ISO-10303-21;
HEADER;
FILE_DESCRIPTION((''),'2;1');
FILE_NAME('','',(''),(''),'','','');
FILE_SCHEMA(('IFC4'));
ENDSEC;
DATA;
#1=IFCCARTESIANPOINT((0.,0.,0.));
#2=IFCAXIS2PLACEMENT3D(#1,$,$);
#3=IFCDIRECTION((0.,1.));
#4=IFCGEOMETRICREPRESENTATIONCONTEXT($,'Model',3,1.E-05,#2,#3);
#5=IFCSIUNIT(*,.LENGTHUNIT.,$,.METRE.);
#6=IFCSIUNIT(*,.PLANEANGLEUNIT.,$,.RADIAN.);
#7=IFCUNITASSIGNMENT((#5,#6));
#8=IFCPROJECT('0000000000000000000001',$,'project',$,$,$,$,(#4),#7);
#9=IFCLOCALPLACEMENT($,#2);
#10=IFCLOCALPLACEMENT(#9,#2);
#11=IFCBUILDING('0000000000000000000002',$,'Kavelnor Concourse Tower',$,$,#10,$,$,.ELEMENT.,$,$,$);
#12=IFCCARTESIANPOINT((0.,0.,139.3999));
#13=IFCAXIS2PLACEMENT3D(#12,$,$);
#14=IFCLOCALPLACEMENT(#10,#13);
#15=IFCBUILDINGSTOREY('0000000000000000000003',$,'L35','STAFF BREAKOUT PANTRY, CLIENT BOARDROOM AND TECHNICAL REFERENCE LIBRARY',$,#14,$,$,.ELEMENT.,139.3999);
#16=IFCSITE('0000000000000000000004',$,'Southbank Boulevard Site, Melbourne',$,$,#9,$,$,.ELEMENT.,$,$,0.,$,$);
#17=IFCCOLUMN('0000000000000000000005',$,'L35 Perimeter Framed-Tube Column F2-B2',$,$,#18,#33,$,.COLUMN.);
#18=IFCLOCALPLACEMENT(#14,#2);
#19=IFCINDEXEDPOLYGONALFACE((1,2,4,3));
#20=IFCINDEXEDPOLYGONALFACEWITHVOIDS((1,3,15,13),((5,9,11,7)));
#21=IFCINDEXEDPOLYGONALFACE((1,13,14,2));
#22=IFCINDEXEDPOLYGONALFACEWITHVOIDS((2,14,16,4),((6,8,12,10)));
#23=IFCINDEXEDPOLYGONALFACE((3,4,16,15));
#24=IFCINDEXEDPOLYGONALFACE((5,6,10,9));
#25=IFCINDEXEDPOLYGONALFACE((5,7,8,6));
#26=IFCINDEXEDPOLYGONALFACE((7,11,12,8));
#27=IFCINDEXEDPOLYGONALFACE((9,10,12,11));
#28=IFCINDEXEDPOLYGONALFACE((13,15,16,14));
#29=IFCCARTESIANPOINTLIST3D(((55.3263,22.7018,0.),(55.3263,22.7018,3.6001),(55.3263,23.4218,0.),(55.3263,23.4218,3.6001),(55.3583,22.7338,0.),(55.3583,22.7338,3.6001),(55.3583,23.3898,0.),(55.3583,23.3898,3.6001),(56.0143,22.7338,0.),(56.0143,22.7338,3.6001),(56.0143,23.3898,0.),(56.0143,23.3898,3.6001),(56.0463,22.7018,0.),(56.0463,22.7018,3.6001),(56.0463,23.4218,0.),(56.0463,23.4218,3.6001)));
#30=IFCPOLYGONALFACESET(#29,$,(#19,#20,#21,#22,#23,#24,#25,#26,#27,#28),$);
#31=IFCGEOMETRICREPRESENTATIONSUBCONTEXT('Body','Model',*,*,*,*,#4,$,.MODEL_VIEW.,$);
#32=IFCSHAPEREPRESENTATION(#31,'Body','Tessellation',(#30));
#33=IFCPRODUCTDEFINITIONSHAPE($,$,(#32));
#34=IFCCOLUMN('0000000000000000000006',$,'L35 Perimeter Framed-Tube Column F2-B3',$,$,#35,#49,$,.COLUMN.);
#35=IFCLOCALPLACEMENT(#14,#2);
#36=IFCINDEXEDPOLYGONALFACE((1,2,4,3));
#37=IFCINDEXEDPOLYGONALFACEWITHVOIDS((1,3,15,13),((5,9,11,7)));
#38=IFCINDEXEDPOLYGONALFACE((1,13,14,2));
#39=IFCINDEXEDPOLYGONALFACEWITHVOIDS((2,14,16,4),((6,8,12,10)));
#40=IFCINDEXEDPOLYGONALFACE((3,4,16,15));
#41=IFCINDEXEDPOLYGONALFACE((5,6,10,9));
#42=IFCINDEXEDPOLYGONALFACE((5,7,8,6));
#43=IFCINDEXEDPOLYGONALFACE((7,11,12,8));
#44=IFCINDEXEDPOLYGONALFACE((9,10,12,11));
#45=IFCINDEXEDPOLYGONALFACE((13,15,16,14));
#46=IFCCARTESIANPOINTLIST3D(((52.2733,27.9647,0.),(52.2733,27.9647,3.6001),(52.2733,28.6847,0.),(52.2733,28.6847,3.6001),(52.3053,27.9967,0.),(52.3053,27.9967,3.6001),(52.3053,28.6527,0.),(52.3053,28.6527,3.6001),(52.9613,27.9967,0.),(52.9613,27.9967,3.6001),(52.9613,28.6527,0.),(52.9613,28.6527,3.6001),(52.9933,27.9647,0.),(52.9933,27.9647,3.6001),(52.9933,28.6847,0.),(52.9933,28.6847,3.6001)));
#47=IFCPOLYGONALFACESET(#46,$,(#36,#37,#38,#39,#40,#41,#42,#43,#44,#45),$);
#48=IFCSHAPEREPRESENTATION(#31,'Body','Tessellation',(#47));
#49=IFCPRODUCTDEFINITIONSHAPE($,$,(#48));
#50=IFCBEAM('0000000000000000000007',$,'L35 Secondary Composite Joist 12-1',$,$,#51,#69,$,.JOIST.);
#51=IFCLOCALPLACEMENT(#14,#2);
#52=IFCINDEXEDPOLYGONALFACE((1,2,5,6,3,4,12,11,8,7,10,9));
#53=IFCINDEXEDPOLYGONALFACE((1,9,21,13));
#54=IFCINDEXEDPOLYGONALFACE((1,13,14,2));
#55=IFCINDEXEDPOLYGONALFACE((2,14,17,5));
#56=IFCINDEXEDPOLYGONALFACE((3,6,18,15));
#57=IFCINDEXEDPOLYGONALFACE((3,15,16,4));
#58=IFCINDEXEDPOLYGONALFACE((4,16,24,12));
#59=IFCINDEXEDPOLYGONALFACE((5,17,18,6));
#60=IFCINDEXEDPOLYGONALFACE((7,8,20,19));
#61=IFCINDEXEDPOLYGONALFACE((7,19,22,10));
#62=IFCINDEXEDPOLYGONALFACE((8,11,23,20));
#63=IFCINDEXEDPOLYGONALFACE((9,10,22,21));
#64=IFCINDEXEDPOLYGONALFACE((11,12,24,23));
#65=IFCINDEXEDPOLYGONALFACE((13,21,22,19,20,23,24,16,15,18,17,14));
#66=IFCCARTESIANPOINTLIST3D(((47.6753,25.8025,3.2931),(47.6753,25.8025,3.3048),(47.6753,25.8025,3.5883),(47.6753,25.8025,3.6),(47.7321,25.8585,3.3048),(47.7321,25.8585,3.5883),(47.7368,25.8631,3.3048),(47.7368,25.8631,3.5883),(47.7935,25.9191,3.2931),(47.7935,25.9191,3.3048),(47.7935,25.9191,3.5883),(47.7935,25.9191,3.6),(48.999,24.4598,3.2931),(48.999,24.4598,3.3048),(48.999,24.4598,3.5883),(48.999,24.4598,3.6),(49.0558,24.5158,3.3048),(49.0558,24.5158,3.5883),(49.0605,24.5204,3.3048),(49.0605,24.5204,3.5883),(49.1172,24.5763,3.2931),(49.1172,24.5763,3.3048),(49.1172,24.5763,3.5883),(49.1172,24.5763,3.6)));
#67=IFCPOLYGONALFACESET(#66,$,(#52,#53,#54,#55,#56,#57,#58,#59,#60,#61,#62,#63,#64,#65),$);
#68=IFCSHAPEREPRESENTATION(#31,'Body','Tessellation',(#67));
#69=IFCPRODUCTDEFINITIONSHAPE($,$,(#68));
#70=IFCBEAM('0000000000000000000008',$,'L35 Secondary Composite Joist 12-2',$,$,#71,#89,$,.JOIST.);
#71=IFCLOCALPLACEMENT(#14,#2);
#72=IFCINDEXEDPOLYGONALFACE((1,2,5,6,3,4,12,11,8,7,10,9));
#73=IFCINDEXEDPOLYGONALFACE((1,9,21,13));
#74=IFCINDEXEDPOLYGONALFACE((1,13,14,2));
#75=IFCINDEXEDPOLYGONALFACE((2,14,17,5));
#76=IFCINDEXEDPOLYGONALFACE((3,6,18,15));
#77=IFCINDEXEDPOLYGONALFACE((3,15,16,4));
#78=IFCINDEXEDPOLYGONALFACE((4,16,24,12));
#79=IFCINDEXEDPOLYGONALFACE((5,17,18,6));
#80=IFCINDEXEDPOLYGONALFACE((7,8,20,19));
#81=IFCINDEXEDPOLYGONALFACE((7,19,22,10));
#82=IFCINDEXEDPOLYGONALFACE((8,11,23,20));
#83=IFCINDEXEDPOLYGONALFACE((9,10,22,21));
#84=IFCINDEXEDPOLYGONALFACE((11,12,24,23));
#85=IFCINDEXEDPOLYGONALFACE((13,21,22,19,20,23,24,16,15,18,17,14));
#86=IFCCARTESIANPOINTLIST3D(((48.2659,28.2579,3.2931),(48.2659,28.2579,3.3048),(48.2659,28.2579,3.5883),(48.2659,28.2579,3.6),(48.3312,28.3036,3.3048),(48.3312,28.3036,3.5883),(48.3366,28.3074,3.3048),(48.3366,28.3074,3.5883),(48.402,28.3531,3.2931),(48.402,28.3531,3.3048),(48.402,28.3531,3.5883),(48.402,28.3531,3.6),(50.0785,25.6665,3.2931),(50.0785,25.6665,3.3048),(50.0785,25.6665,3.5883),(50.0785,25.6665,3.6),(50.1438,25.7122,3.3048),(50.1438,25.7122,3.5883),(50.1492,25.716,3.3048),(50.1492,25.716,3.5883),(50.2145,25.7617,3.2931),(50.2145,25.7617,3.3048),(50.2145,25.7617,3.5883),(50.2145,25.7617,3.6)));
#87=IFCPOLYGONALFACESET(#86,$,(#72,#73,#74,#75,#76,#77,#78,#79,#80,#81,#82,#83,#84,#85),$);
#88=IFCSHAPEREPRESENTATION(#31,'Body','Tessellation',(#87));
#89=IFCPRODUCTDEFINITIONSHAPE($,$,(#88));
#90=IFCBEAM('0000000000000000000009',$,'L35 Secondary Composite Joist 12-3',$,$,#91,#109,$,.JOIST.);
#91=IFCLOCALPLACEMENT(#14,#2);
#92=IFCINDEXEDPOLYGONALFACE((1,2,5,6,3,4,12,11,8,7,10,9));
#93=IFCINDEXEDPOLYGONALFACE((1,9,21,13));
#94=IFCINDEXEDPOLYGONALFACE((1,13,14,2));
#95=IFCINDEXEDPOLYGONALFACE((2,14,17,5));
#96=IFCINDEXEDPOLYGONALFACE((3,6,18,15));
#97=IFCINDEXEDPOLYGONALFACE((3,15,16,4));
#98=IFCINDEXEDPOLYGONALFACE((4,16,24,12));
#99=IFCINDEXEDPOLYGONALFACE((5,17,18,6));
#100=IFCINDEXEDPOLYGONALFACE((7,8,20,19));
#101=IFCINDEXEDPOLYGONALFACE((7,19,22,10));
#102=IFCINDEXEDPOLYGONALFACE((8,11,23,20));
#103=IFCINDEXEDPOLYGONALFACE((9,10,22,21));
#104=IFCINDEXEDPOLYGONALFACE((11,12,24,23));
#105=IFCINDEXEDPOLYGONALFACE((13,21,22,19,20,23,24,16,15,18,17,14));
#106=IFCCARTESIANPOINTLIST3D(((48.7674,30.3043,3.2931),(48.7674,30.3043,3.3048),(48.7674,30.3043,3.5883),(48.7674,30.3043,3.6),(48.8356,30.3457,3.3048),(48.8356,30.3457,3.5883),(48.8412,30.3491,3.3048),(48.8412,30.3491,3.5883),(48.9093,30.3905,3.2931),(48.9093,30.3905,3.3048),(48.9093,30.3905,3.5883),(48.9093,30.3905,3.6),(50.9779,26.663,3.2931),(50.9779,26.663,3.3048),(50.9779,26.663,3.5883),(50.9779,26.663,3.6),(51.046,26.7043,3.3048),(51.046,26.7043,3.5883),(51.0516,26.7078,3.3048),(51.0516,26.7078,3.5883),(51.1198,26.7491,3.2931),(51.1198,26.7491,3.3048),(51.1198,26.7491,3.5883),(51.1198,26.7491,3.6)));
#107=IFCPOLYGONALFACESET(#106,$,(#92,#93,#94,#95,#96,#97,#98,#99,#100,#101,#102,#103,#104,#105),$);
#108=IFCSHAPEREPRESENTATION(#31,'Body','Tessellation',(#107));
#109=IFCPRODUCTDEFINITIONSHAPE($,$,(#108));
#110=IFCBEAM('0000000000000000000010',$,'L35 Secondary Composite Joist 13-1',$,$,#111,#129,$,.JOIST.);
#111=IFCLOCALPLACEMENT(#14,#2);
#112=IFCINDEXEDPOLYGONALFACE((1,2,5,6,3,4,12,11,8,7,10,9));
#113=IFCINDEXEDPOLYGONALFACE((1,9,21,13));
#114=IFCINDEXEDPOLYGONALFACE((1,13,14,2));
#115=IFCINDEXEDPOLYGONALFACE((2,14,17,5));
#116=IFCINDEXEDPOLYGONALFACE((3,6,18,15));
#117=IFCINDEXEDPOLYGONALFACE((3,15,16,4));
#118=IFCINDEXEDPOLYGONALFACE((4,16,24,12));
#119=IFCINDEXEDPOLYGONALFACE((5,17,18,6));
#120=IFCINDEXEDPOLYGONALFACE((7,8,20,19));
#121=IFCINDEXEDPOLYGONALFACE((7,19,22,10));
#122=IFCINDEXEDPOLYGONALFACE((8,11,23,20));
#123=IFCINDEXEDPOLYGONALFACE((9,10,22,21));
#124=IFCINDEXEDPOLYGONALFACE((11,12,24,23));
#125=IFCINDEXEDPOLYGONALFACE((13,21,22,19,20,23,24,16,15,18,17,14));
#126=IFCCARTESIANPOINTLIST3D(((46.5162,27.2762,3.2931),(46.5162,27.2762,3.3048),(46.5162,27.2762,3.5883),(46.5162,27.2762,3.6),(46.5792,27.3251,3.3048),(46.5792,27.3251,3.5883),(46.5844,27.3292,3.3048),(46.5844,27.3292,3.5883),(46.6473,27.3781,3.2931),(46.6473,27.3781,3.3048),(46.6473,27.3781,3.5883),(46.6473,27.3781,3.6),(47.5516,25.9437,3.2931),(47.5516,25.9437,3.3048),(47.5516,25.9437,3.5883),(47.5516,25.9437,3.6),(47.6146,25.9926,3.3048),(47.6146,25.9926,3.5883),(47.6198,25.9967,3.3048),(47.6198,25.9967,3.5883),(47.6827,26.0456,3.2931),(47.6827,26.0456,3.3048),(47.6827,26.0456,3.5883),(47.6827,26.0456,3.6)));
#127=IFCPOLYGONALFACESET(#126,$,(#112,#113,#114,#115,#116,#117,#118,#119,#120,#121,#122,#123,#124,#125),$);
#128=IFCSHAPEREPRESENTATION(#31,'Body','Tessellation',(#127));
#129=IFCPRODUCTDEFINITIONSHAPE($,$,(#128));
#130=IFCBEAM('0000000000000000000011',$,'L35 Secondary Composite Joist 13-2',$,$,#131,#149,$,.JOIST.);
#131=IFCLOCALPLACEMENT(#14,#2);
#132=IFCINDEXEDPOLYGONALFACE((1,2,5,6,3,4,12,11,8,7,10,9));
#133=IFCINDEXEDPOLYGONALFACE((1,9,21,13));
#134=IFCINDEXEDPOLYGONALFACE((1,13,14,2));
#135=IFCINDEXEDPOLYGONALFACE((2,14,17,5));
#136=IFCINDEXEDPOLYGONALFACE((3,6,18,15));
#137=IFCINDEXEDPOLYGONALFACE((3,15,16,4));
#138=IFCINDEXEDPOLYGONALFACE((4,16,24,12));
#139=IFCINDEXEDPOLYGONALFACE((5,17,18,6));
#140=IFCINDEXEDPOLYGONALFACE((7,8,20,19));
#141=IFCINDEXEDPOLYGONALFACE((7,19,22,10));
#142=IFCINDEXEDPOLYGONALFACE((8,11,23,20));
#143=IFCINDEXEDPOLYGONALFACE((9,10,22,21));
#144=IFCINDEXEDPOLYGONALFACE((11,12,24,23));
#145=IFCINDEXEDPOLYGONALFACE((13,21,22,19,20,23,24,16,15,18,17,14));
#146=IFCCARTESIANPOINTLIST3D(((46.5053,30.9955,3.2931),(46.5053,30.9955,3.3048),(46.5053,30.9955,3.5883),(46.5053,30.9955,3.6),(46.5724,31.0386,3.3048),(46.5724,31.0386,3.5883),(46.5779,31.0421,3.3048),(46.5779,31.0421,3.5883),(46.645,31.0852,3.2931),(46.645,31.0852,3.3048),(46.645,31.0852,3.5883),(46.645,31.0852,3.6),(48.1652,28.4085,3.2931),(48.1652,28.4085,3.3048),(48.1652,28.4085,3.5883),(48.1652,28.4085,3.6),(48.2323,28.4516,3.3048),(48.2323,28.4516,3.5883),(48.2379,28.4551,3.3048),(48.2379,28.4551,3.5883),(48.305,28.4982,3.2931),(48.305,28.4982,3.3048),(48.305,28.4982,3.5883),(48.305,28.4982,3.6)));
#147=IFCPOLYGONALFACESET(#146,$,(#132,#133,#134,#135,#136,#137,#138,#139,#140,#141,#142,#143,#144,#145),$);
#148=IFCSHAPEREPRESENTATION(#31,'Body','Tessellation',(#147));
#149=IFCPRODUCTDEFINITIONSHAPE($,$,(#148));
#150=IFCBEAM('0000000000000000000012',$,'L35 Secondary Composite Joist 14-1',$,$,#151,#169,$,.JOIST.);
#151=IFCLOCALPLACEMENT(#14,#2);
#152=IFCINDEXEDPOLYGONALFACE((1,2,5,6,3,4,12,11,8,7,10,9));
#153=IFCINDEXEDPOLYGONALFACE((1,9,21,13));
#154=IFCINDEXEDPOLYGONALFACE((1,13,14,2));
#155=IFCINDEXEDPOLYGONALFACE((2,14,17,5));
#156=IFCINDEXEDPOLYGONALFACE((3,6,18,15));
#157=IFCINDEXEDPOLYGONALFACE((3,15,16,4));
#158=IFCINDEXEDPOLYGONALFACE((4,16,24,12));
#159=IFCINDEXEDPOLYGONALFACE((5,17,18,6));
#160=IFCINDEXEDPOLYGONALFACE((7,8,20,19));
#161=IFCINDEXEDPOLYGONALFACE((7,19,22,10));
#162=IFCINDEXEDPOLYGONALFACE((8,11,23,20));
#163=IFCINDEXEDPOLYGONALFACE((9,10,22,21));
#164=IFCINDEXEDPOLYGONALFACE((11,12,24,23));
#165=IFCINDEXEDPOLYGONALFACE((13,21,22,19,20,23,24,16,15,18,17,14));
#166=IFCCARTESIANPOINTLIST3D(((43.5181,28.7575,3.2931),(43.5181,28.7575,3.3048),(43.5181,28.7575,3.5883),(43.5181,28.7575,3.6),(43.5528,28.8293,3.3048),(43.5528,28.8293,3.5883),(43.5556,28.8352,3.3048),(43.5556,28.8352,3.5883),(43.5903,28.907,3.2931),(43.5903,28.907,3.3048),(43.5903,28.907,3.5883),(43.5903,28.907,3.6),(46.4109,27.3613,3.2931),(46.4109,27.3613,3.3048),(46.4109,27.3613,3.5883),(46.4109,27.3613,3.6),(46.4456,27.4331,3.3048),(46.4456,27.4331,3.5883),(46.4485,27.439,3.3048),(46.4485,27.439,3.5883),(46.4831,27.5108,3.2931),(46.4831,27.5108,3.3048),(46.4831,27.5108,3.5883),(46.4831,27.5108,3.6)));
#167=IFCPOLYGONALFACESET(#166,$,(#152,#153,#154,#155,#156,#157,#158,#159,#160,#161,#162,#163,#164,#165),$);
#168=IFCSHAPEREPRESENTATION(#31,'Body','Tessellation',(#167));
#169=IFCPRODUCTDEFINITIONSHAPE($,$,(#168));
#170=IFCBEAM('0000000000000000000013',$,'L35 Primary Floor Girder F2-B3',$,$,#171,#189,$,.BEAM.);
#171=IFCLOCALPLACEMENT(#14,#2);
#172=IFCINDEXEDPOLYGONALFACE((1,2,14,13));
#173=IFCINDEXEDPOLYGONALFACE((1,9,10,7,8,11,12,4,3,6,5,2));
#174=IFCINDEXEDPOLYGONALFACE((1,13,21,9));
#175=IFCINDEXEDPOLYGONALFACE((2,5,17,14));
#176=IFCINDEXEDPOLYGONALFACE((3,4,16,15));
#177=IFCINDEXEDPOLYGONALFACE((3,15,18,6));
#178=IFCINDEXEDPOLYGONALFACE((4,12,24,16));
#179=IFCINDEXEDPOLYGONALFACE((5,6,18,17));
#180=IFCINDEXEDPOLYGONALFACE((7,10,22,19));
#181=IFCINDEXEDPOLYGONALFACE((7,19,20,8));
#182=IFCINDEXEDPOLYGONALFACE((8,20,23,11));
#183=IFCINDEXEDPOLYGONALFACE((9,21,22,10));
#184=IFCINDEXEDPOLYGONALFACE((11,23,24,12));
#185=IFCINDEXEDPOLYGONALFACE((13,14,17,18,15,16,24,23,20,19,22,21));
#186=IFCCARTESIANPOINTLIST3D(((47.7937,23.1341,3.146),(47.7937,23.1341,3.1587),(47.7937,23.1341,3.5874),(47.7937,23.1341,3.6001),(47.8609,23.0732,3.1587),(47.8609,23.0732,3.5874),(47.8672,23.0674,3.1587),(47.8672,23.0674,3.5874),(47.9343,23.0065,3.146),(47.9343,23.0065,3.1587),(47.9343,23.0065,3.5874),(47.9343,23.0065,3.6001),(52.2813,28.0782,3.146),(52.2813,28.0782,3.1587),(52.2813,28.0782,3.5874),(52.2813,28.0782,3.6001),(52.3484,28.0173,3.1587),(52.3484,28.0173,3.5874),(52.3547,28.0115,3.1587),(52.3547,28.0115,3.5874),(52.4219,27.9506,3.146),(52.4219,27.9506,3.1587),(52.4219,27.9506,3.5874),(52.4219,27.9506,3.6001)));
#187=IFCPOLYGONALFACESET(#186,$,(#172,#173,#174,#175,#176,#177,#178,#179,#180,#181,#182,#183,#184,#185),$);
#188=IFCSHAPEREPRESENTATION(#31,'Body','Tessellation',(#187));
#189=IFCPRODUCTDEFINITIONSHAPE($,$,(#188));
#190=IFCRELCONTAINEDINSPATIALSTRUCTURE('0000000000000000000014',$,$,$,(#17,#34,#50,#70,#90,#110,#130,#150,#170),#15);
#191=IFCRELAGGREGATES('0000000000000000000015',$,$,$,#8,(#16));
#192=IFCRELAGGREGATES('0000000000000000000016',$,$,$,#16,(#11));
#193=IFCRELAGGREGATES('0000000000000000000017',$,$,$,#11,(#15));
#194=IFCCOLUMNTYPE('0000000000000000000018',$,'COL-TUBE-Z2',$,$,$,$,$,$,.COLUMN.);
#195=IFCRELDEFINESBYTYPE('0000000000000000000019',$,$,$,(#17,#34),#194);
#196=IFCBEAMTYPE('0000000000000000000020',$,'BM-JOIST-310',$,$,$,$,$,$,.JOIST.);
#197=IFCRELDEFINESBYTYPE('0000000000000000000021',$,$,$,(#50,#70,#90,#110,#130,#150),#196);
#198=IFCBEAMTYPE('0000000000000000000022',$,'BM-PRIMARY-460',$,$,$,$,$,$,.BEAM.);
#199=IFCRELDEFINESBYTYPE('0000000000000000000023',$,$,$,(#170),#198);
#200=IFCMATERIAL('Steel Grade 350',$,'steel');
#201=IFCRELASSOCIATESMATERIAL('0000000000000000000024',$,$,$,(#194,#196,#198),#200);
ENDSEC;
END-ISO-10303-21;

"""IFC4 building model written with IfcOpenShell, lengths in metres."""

from ifc_helpers import new_model, si_unit, direction, frame, origin, origin_2d, place, context, subcontext, project, spatial, hollow_rectangle, i_section, extrude, material, material_profile, profile_set, type_object, element, save


model = new_model("IFC4")

# Units and contexts
model_context = context("Model", 3, precision=1e-05, world=origin(), true_north=direction((0.0, 1.0)))
body_context = subcontext(model_context, "Body", "Model", "MODEL_VIEW")
ifc_project = project(units=[si_unit("LENGTHUNIT", "METRE"), si_unit("PLANEANGLEUNIT", "RADIAN")], contexts=[model_context])

# Site, building, storey
site_placement = place(None, origin())
site = spatial("IfcSite", under=ifc_project, at=site_placement, Name="Southbank Boulevard Site, Melbourne", CompositionType="ELEMENT", RefElevation=0.0)
building_placement = place(site_placement, origin())
building = spatial("IfcBuilding", under=site, at=building_placement, Name="Kavelnor Concourse Tower", CompositionType="ELEMENT")
storey_placement = place(building_placement, frame((0.0, 0.0, 139.3999)))
storey = spatial("IfcBuildingStorey", under=building, at=storey_placement, Name="L35", Description="STAFF BREAKOUT PANTRY, CLIENT BOARDROOM AND TECHNICAL REFERENCE LIBRARY", CompositionType="ELEMENT", Elevation=139.3999)

# Columns
ifc_material_1 = material(Name="Steel Grade 350", Category="steel")
ifc_material_profile_1 = material_profile(ifc_material_1, hollow_rectangle(XDim=0.72, YDim=0.72, WallThickness=0.032, at=origin_2d()), Name="SHS 720x720x32")
ifc_profile_set_1 = profile_set([ifc_material_profile_1], Name="Steel Grade 350")
column_type = type_object("IfcColumnType", Name="COL-TUBE-Z2", PredefinedType="COLUMN", material=ifc_profile_set_1)
for number, where, z_axis, x_axis, name in (
    (1, (55.6863, 23.0618, 0.0), (0.0, 0.0, 1.0), (1.0, 0.0, 0.0), "L35 Perimeter Framed-Tube Column F2-B2"),
    (2, (52.6333, 28.3247, 0.0), (0.0, 0.0, 1.0), (1.0, 0.0, 0.0), "L35 Perimeter Framed-Tube Column F2-B3"),
):
    element("IfcColumn", number, at=place(storey_placement, frame(where, z_axis=z_axis, x_axis=x_axis)), inside=storey, type_object=column_type, Name=name, PredefinedType="COLUMN", context=body_context, shape_type="SweptSolid", body=[
        extrude(hollow_rectangle(XDim=0.72, YDim=0.72, WallThickness=0.032, at=origin_2d()), origin(), (0.0, 0.0, 1.0), 3.6001),
    ])

# Beams
ifc_material_profile_2 = material_profile(ifc_material_1, i_section(OverallWidth=0.166, OverallDepth=0.3069, WebThickness=0.0066, FlangeThickness=0.0117, at=origin_2d()), Name="310UB46")
ifc_profile_set_2 = profile_set([ifc_material_profile_2], Name="Steel Grade 350")
beam_type_1 = type_object("IfcBeamType", Name="BM-JOIST-310", PredefinedType="JOIST", material=ifc_profile_set_2)
beam_1_placement = place(storey_placement, frame((49.0581, 24.5181, 3.4465), z_axis=(-0.702039, 0.712138, 0.0), x_axis=(-0.712138, -0.702039, 0.0)))
element("IfcBeam", 3, at=beam_1_placement, inside=storey, type_object=beam_type_1, Name="L35 Secondary Composite Joist 12-1", PredefinedType="JOIST", context=body_context, shape_type="SweptSolid", body=[
    extrude(i_section(OverallWidth=0.166, OverallDepth=0.3069, WebThickness=0.0066, FlangeThickness=0.0117, at=origin_2d()), origin(), (0.0, 0.0, 1.0), 1.8855),
])
beam_2_placement = place(storey_placement, frame((50.1465, 25.7141, 3.4465), z_axis=(-0.573162, 0.819442, 0.0), x_axis=(-0.819442, -0.573162, 0.0)))
element("IfcBeam", 4, at=beam_2_placement, inside=storey, type_object=beam_type_1, Name="L35 Secondary Composite Joist 12-2", PredefinedType="JOIST", context=body_context, shape_type="SweptSolid", body=[
    extrude(i_section(OverallWidth=0.166, OverallDepth=0.3069, WebThickness=0.0066, FlangeThickness=0.0117, at=origin_2d()), origin(), (0.0, 0.0, 1.0), 3.1624),
])
beam_3_placement = place(storey_placement, frame((51.0488, 26.7061, 3.4465), z_axis=(-0.518914, 0.854827, 0.0), x_axis=(-0.854827, -0.518914, 0.0)))
element("IfcBeam", 5, at=beam_3_placement, inside=storey, type_object=beam_type_1, Name="L35 Secondary Composite Joist 12-3", PredefinedType="JOIST", context=body_context, shape_type="SweptSolid", body=[
    extrude(i_section(OverallWidth=0.166, OverallDepth=0.3069, WebThickness=0.0066, FlangeThickness=0.0117, at=origin_2d()), origin(), (0.0, 0.0, 1.0), 4.2598),
])
beam_4_placement = place(storey_placement, frame((47.6172, 25.9946, 3.4465), z_axis=(-0.61357, 0.78964, 0.0), x_axis=(-0.78964, -0.61357, 0.0)))
element("IfcBeam", 6, at=beam_4_placement, inside=storey, type_object=beam_type_1, Name="L35 Secondary Composite Joist 13-1", PredefinedType="JOIST", context=body_context, shape_type="SweptSolid", body=[
    extrude(i_section(OverallWidth=0.166, OverallDepth=0.3069, WebThickness=0.0066, FlangeThickness=0.0117, at=origin_2d()), origin(), (0.0, 0.0, 1.0), 1.6875),
])
beam_5_placement = place(storey_placement, frame((48.2351, 28.4534, 3.4465), z_axis=(-0.540043, 0.841638, 0.0), x_axis=(-0.841638, -0.540043, 0.0)))
element("IfcBeam", 7, at=beam_5_placement, inside=storey, type_object=beam_type_1, Name="L35 Secondary Composite Joist 13-2", PredefinedType="JOIST", context=body_context, shape_type="SweptSolid", body=[
    extrude(i_section(OverallWidth=0.166, OverallDepth=0.3069, WebThickness=0.0066, FlangeThickness=0.0117, at=origin_2d()), origin(), (0.0, 0.0, 1.0), 3.0737),
])
beam_6_placement = place(storey_placement, frame((46.447, 27.436, 3.4465), z_axis=(-0.900588, 0.434675, 0.0), x_axis=(-0.434675, -0.900588, 0.0)))
element("IfcBeam", 8, at=beam_6_placement, inside=storey, type_object=beam_type_1, Name="L35 Secondary Composite Joist 14-1", PredefinedType="JOIST", context=body_context, shape_type="SweptSolid", body=[
    extrude(i_section(OverallWidth=0.166, OverallDepth=0.3069, WebThickness=0.0066, FlangeThickness=0.0117, at=origin_2d()), origin(), (0.0, 0.0, 1.0), 3.2122),
])
ifc_material_profile_3 = material_profile(ifc_material_1, i_section(OverallWidth=0.1899, OverallDepth=0.4541, WebThickness=0.0085, FlangeThickness=0.0127, at=origin_2d()), Name="460UB67")
ifc_profile_set_3 = profile_set([ifc_material_profile_3], Name="Steel Grade 350")
beam_type_2 = type_object("IfcBeamType", Name="BM-PRIMARY-460", PredefinedType="BEAM", material=ifc_profile_set_3)
beam_7_placement = place(storey_placement, frame((47.864, 23.0703, 3.373), z_axis=(0.672092, 0.740468, 0.0), x_axis=(-0.740468, 0.672092, 0.0)))
element("IfcBeam", 9, at=beam_7_placement, inside=storey, type_object=beam_type_2, Name="L35 Primary Floor Girder F2-B3", PredefinedType="BEAM", context=body_context, shape_type="SweptSolid", body=[
    extrude(i_section(OverallWidth=0.1899, OverallDepth=0.4541, WebThickness=0.0085, FlangeThickness=0.0127, at=origin_2d()), origin(), (0.0, 0.0, 1.0), 6.677),
])

save(model, "model.ifc")
